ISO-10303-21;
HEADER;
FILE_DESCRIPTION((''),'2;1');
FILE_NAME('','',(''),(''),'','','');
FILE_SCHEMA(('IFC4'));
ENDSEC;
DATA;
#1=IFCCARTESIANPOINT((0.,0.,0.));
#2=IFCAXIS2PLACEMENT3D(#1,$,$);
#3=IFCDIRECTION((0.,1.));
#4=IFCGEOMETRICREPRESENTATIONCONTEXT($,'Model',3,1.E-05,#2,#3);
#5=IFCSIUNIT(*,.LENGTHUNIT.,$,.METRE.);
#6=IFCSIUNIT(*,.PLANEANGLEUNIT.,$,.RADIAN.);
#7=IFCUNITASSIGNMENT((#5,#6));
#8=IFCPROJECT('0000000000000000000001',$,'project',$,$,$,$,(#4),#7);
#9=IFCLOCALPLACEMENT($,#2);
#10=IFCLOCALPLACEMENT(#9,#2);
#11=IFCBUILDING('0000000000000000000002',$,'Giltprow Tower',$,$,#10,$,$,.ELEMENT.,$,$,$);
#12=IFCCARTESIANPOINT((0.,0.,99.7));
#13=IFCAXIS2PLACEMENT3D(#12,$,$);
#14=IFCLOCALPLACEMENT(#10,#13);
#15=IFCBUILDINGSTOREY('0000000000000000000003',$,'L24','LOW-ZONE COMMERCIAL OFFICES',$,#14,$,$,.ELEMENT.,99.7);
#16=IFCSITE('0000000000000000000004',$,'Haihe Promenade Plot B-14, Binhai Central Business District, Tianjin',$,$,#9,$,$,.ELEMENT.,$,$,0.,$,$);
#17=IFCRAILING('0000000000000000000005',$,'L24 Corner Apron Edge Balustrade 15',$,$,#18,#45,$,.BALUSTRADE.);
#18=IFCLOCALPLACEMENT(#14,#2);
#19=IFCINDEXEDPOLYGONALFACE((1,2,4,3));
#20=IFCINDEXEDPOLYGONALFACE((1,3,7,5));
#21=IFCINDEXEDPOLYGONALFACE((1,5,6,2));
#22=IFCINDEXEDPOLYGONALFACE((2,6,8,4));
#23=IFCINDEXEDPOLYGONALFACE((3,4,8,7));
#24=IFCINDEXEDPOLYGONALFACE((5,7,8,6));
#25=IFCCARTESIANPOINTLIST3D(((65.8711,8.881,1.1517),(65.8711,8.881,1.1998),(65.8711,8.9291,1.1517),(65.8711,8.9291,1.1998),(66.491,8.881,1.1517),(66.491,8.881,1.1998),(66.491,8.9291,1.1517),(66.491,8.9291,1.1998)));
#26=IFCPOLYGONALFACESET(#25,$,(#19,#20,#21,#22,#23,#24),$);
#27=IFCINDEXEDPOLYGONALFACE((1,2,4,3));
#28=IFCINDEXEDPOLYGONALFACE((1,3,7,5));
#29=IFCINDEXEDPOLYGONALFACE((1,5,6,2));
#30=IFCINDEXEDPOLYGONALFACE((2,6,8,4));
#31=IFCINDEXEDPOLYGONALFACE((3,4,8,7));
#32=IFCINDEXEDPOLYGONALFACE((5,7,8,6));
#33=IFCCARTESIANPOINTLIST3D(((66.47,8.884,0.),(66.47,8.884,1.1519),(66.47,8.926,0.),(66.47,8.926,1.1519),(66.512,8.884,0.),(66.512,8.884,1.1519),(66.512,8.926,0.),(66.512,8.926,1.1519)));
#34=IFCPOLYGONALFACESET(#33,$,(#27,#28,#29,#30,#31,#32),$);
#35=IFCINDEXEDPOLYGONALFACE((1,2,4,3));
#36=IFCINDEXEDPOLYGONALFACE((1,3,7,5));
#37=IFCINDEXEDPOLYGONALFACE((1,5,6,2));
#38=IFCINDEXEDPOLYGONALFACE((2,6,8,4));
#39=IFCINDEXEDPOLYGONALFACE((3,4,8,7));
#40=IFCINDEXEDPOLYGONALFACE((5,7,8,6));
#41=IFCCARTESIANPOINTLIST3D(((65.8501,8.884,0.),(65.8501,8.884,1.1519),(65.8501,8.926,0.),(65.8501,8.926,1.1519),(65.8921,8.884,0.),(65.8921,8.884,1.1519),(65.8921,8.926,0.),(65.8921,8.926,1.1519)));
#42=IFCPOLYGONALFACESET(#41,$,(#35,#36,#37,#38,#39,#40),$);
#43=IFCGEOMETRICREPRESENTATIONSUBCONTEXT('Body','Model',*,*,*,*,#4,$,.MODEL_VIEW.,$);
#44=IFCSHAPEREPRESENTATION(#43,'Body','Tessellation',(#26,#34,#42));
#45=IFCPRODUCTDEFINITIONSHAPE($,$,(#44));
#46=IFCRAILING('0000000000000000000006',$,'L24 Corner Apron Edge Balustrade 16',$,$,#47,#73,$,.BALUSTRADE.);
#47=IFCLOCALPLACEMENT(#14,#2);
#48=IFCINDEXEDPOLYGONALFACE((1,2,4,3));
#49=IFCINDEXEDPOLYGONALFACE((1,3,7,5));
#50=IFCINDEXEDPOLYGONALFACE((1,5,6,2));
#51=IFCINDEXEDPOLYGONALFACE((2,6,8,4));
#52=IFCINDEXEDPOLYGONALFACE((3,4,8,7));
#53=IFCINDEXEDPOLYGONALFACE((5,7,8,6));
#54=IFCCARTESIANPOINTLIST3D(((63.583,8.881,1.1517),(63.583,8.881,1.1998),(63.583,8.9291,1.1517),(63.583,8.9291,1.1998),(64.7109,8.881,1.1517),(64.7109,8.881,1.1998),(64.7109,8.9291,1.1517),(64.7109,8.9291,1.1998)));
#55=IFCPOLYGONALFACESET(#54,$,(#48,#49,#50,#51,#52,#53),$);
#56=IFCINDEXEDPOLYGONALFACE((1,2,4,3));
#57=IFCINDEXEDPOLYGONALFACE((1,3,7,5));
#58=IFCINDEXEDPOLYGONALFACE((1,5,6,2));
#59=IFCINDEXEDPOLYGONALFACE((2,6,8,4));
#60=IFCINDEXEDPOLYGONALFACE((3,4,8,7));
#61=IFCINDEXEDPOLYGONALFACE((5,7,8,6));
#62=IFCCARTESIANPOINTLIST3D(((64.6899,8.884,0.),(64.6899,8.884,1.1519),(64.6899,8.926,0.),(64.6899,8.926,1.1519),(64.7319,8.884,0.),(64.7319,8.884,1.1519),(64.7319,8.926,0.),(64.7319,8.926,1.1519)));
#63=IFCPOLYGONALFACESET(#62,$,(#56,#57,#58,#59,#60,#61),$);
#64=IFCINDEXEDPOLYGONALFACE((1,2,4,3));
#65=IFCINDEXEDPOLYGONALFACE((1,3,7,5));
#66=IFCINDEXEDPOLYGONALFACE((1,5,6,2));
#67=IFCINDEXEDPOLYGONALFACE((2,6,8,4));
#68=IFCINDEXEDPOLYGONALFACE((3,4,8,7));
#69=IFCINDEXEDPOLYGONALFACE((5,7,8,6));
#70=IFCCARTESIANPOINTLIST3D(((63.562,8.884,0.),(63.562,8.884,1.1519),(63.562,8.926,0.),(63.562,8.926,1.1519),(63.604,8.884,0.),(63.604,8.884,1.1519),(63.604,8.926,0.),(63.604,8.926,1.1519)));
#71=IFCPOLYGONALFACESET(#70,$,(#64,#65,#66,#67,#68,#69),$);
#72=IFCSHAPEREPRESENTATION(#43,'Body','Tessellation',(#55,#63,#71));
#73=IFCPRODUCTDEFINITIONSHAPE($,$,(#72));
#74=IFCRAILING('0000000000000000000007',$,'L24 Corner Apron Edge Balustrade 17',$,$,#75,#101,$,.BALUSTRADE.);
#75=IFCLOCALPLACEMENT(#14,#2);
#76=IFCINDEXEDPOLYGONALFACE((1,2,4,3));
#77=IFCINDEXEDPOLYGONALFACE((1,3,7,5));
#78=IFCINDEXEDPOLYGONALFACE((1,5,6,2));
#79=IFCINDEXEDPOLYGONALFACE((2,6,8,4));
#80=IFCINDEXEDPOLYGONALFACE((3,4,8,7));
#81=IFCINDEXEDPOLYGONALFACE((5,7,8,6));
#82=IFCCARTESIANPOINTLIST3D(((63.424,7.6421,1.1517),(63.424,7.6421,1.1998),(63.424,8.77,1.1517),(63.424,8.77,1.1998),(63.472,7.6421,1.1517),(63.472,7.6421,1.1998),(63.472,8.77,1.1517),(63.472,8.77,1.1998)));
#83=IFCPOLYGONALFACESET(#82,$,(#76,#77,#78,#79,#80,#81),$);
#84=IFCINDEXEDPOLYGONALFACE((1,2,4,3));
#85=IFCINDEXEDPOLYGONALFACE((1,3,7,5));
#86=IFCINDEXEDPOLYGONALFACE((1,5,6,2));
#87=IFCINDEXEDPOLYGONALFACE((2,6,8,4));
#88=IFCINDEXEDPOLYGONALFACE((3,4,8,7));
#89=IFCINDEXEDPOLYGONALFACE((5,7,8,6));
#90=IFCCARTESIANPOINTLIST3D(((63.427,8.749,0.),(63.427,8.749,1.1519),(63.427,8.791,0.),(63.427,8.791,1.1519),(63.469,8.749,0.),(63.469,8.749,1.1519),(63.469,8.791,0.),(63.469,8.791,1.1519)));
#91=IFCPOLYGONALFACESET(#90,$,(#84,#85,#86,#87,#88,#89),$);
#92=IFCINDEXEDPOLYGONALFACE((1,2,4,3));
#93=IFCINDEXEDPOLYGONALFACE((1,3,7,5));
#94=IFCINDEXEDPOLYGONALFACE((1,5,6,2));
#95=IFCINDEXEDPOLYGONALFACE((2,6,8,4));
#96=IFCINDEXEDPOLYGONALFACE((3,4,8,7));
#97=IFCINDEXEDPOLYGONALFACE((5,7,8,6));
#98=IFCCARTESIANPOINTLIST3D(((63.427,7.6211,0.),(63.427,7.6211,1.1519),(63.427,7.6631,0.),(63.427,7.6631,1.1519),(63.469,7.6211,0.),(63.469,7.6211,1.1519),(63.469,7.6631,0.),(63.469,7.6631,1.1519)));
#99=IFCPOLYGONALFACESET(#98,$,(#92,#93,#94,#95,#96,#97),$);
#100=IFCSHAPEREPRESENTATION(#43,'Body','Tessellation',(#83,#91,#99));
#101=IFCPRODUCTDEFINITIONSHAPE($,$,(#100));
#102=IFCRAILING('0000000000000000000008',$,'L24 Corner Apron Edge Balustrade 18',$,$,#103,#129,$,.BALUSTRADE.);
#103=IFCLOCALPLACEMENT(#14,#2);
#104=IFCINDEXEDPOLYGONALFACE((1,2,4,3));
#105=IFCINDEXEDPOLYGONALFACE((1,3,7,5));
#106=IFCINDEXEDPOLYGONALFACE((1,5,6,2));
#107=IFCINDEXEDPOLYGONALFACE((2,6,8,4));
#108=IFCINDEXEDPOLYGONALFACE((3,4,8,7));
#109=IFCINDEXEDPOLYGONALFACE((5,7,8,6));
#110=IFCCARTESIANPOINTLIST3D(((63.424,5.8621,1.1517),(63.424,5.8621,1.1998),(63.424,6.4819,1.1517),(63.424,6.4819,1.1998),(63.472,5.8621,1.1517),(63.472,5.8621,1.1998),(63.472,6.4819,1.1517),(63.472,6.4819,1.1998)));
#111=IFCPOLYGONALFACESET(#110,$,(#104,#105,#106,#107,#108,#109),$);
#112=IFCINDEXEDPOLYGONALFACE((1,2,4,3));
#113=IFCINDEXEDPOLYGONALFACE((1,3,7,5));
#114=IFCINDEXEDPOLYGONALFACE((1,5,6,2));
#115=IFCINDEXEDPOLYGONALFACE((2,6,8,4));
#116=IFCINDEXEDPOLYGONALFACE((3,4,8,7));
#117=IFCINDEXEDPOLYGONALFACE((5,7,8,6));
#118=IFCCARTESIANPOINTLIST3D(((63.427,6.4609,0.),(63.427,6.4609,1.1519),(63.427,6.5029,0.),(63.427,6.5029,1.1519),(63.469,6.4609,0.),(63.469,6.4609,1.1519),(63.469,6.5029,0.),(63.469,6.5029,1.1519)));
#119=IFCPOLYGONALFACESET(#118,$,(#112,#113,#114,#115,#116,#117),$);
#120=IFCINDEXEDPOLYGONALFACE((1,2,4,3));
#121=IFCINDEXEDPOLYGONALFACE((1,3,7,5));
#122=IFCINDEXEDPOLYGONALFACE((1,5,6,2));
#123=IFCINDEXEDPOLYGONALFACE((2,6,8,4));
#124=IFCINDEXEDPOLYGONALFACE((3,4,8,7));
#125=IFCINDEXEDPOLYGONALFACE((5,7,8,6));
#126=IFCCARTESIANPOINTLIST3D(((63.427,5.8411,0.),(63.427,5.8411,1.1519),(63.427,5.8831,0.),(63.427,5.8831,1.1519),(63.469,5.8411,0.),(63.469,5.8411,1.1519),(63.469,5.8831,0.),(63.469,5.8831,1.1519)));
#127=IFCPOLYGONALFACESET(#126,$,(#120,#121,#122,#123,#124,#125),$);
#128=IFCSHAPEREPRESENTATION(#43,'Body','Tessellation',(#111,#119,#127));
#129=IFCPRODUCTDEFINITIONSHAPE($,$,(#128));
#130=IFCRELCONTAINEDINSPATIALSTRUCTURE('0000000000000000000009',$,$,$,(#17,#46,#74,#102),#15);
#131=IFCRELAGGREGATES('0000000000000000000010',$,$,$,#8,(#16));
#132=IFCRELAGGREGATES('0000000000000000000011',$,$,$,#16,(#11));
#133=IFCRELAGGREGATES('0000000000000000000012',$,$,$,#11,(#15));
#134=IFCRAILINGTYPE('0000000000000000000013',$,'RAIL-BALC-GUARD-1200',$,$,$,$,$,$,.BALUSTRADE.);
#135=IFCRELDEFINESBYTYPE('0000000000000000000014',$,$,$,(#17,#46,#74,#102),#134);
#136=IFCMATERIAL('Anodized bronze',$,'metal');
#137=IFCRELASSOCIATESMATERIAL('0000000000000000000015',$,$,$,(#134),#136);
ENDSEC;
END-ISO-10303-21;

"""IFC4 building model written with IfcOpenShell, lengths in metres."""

from ifc_helpers import new_model, si_unit, direction, frame, origin, origin_2d, place, context, subcontext, project, spatial, rectangle, extrude, material, type_object, element, save


model = new_model("IFC4")

# Units and contexts
model_context = context("Model", 3, precision=1e-05, world=origin(), true_north=direction((0.0, 1.0)))
body_context = subcontext(model_context, "Body", "Model", "MODEL_VIEW")
ifc_project = project(units=[si_unit("LENGTHUNIT", "METRE"), si_unit("PLANEANGLEUNIT", "RADIAN")], contexts=[model_context])

# Site, building, storey
site_placement = place(None, origin())
site = spatial("IfcSite", under=ifc_project, at=site_placement, Name="Haihe Promenade Plot B-14, Binhai Central Business District, Tianjin", CompositionType="ELEMENT", RefElevation=0.0)
building_placement = place(site_placement, origin())
building = spatial("IfcBuilding", under=site, at=building_placement, Name="Giltprow Tower", CompositionType="ELEMENT")
storey_placement = place(building_placement, frame((0.0, 0.0, 99.7)))
storey = spatial("IfcBuildingStorey", under=building, at=storey_placement, Name="L24", Description="LOW-ZONE COMMERCIAL OFFICES", CompositionType="ELEMENT", Elevation=99.7)

# Shared definitions
ifc_material_1 = material(Name="Anodized bronze", Category="metal")

# Railings
railing_type = type_object("IfcRailingType", Name="RAIL-BALC-GUARD-1200", PredefinedType="BALUSTRADE", material=ifc_material_1)
railing_1_placement = place(storey_placement, frame((66.491, 8.905, 0.0)))
element("IfcRailing", 1, at=railing_1_placement, inside=storey, type_object=railing_type, Name="L24 Corner Apron Edge Balustrade 15", PredefinedType="BALUSTRADE", context=body_context, shape_type="SweptSolid", body=[
    extrude(rectangle(XDim=0.0481, YDim=0.0481, at=origin_2d()), frame((0.0, 0.0, 1.1758), z_axis=(-1.0, 0.0, 0.0), x_axis=(0.0, -1.0, 0.0)), (0.0, 0.0, 1.0), 0.6199),
    extrude(rectangle(XDim=0.042, YDim=0.042, at=origin_2d()), origin(), (0.0, 0.0, 1.0), 1.1519),
    extrude(rectangle(XDim=0.042, YDim=0.042, at=origin_2d()), frame((-0.6199, 0.0, 0.0)), (0.0, 0.0, 1.0), 1.1519),
])
railing_2_placement = place(storey_placement, frame((64.7109, 8.905, 0.0)))
element("IfcRailing", 2, at=railing_2_placement, inside=storey, type_object=railing_type, Name="L24 Corner Apron Edge Balustrade 16", PredefinedType="BALUSTRADE", context=body_context, shape_type="SweptSolid", body=[
    extrude(rectangle(XDim=0.0481, YDim=0.0481, at=origin_2d()), frame((0.0, 0.0, 1.1758), z_axis=(-1.0, 0.0, 0.0), x_axis=(0.0, -1.0, 0.0)), (0.0, 0.0, 1.0), 1.1279),
    extrude(rectangle(XDim=0.042, YDim=0.042, at=origin_2d()), origin(), (0.0, 0.0, 1.0), 1.1519),
    extrude(rectangle(XDim=0.042, YDim=0.042, at=origin_2d()), frame((-1.1279, 0.0, 0.0)), (0.0, 0.0, 1.0), 1.1519),
])
railing_3_placement = place(storey_placement, frame((63.448, 8.77, 0.0)))
element("IfcRailing", 3, at=railing_3_placement, inside=storey, type_object=railing_type, Name="L24 Corner Apron Edge Balustrade 17", PredefinedType="BALUSTRADE", context=body_context, shape_type="SweptSolid", body=[
    extrude(rectangle(XDim=0.0481, YDim=0.0481, at=origin_2d()), frame((0.0, 0.0, 1.1758), z_axis=(0.0, -1.0, 0.0), x_axis=(1.0, 0.0, 0.0)), (0.0, 0.0, 1.0), 1.1279),
    extrude(rectangle(XDim=0.042, YDim=0.042, at=origin_2d()), origin(), (0.0, 0.0, 1.0), 1.1519),
    extrude(rectangle(XDim=0.042, YDim=0.042, at=origin_2d()), frame((0.0, -1.1279, 0.0)), (0.0, 0.0, 1.0), 1.1519),
])
railing_4_placement = place(storey_placement, frame((63.448, 6.4819, 0.0)))
element("IfcRailing", 4, at=railing_4_placement, inside=storey, type_object=railing_type, Name="L24 Corner Apron Edge Balustrade 18", PredefinedType="BALUSTRADE", context=body_context, shape_type="SweptSolid", body=[
    extrude(rectangle(XDim=0.0481, YDim=0.0481, at=origin_2d()), frame((0.0, 0.0, 1.1758), z_axis=(0.0, -1.0, 0.0), x_axis=(1.0, 0.0, 0.0)), (0.0, 0.0, 1.0), 0.6199),
    extrude(rectangle(XDim=0.042, YDim=0.042, at=origin_2d()), origin(), (0.0, 0.0, 1.0), 1.1519),
    extrude(rectangle(XDim=0.042, YDim=0.042, at=origin_2d()), frame((0.0, -0.6199, 0.0)), (0.0, 0.0, 1.0), 1.1519),
])

save(model, "model.ifc")
